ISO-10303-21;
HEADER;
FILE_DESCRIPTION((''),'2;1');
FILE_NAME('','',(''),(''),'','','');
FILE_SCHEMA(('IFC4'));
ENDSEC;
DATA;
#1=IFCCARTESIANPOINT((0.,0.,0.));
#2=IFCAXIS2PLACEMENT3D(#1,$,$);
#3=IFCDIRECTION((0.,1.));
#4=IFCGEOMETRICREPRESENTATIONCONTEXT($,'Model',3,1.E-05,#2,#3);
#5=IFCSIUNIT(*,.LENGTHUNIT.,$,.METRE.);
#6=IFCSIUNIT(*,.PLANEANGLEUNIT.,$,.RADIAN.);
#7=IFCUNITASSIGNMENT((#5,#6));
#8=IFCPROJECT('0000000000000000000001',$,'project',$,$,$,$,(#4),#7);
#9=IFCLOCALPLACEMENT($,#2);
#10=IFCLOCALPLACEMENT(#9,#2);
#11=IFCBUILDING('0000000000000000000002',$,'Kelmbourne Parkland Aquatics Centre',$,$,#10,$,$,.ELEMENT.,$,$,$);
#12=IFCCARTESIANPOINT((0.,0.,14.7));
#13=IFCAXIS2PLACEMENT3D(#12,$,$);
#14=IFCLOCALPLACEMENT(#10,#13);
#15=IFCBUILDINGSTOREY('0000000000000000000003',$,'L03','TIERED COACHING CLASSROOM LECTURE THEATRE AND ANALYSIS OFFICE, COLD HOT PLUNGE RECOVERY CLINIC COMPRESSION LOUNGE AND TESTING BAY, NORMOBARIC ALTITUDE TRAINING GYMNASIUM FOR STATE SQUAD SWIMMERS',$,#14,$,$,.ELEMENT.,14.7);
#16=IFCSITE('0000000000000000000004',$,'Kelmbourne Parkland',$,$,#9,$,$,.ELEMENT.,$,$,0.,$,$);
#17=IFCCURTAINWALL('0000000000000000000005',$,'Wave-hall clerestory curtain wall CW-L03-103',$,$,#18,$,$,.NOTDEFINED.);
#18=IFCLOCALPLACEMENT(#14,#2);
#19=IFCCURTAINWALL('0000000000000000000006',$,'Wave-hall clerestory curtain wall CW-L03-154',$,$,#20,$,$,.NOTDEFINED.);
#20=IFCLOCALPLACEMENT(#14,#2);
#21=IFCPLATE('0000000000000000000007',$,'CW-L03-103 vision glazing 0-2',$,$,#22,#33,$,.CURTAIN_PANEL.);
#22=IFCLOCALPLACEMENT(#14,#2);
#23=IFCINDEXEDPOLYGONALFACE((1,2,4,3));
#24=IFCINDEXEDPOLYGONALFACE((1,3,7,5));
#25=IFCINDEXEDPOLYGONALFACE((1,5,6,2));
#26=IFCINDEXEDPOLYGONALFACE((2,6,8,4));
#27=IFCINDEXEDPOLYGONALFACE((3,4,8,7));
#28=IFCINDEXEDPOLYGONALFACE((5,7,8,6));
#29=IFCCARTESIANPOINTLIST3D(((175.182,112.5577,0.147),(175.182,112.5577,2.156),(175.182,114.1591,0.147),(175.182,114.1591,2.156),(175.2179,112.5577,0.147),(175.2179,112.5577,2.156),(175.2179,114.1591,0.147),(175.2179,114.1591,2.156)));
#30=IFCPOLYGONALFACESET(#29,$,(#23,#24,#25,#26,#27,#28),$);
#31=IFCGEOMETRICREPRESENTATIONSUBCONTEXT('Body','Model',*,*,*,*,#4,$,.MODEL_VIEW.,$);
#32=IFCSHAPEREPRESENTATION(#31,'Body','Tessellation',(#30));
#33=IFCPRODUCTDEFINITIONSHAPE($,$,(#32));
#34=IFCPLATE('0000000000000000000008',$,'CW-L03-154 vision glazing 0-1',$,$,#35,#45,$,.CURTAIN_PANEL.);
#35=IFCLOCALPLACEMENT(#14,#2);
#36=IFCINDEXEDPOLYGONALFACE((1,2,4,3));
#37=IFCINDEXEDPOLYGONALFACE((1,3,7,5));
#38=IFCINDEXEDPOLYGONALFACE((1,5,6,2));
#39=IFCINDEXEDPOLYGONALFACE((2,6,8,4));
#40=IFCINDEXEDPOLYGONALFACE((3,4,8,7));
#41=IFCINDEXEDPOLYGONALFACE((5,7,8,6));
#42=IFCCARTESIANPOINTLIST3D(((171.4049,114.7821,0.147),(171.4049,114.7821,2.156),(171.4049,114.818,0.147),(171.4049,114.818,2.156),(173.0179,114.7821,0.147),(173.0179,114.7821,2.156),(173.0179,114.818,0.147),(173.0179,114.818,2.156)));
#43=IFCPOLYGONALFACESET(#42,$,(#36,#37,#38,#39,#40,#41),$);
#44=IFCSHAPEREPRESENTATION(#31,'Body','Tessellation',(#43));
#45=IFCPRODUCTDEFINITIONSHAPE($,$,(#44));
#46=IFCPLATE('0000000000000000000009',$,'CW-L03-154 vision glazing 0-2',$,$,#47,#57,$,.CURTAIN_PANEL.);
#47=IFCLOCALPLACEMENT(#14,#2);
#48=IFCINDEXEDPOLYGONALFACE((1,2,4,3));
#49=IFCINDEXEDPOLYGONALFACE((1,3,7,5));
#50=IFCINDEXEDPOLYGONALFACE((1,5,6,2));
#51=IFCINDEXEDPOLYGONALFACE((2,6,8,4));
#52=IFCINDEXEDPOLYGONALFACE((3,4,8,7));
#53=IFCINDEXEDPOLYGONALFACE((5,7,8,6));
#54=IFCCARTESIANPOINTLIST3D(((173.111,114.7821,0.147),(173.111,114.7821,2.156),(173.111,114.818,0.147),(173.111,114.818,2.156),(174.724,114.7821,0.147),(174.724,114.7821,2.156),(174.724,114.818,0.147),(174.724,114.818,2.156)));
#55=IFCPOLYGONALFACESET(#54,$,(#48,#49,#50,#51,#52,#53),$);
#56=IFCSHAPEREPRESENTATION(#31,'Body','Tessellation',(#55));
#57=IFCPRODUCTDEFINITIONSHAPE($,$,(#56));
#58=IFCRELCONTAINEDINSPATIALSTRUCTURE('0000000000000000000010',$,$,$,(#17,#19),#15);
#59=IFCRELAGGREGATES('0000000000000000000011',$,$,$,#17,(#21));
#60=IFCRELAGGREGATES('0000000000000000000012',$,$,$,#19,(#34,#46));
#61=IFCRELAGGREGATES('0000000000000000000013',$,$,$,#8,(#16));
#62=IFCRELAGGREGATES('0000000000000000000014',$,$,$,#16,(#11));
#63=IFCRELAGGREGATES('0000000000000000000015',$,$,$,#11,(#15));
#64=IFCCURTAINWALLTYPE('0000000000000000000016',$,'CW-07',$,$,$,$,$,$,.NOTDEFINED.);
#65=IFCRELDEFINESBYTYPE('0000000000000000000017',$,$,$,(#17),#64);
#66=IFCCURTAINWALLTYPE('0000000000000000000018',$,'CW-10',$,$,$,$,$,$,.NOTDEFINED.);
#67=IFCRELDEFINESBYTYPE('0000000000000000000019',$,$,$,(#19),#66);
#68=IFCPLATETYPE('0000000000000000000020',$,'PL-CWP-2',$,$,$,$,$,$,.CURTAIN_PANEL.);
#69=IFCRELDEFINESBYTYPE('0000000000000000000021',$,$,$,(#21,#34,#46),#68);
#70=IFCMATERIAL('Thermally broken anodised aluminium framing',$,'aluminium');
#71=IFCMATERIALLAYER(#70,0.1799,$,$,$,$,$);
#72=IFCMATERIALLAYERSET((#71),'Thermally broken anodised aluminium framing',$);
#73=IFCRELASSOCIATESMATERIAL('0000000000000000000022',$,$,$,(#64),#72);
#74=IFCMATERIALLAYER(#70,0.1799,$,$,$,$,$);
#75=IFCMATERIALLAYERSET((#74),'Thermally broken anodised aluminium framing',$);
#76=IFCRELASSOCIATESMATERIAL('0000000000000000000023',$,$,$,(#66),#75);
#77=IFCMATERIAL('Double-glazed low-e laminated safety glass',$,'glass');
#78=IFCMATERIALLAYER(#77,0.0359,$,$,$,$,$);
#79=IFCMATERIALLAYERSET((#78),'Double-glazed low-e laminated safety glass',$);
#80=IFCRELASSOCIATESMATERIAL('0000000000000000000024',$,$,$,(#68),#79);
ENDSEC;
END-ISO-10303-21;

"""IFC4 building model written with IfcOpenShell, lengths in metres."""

from ifc_helpers import new_model, si_unit, direction, frame, origin, origin_2d, place, context, subcontext, project, spatial, rectangle, extrude, material, layer, layer_set, type_object, element, aggregate, save


model = new_model("IFC4")

# Units and contexts
model_context = context("Model", 3, precision=1e-05, world=origin(), true_north=direction((0.0, 1.0)))
body_context = subcontext(model_context, "Body", "Model", "MODEL_VIEW")
ifc_project = project(units=[si_unit("LENGTHUNIT", "METRE"), si_unit("PLANEANGLEUNIT", "RADIAN")], contexts=[model_context])

# Site, building, storey
site_placement = place(None, origin())
site = spatial("IfcSite", under=ifc_project, at=site_placement, Name="Kelmbourne Parkland", CompositionType="ELEMENT", RefElevation=0.0)
building_placement = place(site_placement, origin())
building = spatial("IfcBuilding", under=site, at=building_placement, Name="Kelmbourne Parkland Aquatics Centre", CompositionType="ELEMENT")
storey_placement = place(building_placement, frame((0.0, 0.0, 14.7)))
storey = spatial("IfcBuildingStorey", under=building, at=storey_placement, Name="L03", Description="TIERED COACHING CLASSROOM LECTURE THEATRE AND ANALYSIS OFFICE, COLD HOT PLUNGE RECOVERY CLINIC COMPRESSION LOUNGE AND TESTING BAY, NORMOBARIC ALTITUDE TRAINING GYMNASIUM FOR STATE SQUAD SWIMMERS", CompositionType="ELEMENT", Elevation=14.7)

# Curtain walls
ifc_material_1 = material(Name="Thermally broken anodised aluminium framing", Category="aluminium")
ifc_layer_1 = layer(ifc_material_1, 0.1799)
ifc_layer_set_1 = layer_set([ifc_layer_1], Name="Thermally broken anodised aluminium framing")
curtain_wall_type_1 = type_object("IfcCurtainWallType", Name="CW-07", PredefinedType="NOTDEFINED", material=ifc_layer_set_1)
curtain_wall_1_placement = place(storey_placement, origin())
curtain_wall_1 = element("IfcCurtainWall", 1, at=curtain_wall_1_placement, inside=storey, type_object=curtain_wall_type_1, Name="Wave-hall clerestory curtain wall CW-L03-103", PredefinedType="NOTDEFINED")
ifc_layer_2 = layer(ifc_material_1, 0.1799)
ifc_layer_set_2 = layer_set([ifc_layer_2], Name="Thermally broken anodised aluminium framing")
curtain_wall_type_2 = type_object("IfcCurtainWallType", Name="CW-10", PredefinedType="NOTDEFINED", material=ifc_layer_set_2)
curtain_wall_2_placement = place(storey_placement, origin())
curtain_wall_2 = element("IfcCurtainWall", 2, at=curtain_wall_2_placement, inside=storey, type_object=curtain_wall_type_2, Name="Wave-hall clerestory curtain wall CW-L03-154", PredefinedType="NOTDEFINED")

# Plates
ifc_material_2 = material(Name="Double-glazed low-e laminated safety glass", Category="glass")
ifc_layer_3 = layer(ifc_material_2, 0.0359)
ifc_layer_set_3 = layer_set([ifc_layer_3], Name="Double-glazed low-e laminated safety glass")
plate_type_1 = type_object("IfcPlateType", Name="PL-CWP-2", PredefinedType="CURTAIN_PANEL", material=ifc_layer_set_3)
plate_1_placement = place(storey_placement, frame((175.2, 113.3584, 0.147), z_axis=(0.0, 0.0, 1.0), x_axis=(0.0, 1.0, 0.0)))
plate_1 = element("IfcPlate", 3, at=plate_1_placement, type_object=plate_type_1, Name="CW-L03-103 vision glazing 0-2", PredefinedType="CURTAIN_PANEL", context=body_context, shape_type="SweptSolid", body=[
    extrude(rectangle(XDim=1.6013, YDim=0.0359, at=origin_2d()), origin(), (0.0, 0.0, 1.0), 2.009),
])
aggregate(curtain_wall_1, [plate_1])
plate_2_placement = place(storey_placement, frame((172.2114, 114.8, 0.147), z_axis=(0.0, 0.0, 1.0), x_axis=(1.0, 0.0, 0.0)))
plate_2 = element("IfcPlate", 4, at=plate_2_placement, type_object=plate_type_1, Name="CW-L03-154 vision glazing 0-1", PredefinedType="CURTAIN_PANEL", context=body_context, shape_type="SweptSolid", body=[
    extrude(rectangle(XDim=1.613, YDim=0.0359, at=origin_2d()), origin(), (0.0, 0.0, 1.0), 2.009),
])
plate_3_placement = place(storey_placement, frame((173.9175, 114.8, 0.147), z_axis=(0.0, 0.0, 1.0), x_axis=(1.0, 0.0, 0.0)))
plate_3 = element("IfcPlate", 5, at=plate_3_placement, type_object=plate_type_1, Name="CW-L03-154 vision glazing 0-2", PredefinedType="CURTAIN_PANEL", context=body_context, shape_type="SweptSolid", body=[
    extrude(rectangle(XDim=1.613, YDim=0.0359, at=origin_2d()), origin(), (0.0, 0.0, 1.0), 2.009),
])
aggregate(curtain_wall_2, [plate_2, plate_3])

save(model, "model.ifc")
